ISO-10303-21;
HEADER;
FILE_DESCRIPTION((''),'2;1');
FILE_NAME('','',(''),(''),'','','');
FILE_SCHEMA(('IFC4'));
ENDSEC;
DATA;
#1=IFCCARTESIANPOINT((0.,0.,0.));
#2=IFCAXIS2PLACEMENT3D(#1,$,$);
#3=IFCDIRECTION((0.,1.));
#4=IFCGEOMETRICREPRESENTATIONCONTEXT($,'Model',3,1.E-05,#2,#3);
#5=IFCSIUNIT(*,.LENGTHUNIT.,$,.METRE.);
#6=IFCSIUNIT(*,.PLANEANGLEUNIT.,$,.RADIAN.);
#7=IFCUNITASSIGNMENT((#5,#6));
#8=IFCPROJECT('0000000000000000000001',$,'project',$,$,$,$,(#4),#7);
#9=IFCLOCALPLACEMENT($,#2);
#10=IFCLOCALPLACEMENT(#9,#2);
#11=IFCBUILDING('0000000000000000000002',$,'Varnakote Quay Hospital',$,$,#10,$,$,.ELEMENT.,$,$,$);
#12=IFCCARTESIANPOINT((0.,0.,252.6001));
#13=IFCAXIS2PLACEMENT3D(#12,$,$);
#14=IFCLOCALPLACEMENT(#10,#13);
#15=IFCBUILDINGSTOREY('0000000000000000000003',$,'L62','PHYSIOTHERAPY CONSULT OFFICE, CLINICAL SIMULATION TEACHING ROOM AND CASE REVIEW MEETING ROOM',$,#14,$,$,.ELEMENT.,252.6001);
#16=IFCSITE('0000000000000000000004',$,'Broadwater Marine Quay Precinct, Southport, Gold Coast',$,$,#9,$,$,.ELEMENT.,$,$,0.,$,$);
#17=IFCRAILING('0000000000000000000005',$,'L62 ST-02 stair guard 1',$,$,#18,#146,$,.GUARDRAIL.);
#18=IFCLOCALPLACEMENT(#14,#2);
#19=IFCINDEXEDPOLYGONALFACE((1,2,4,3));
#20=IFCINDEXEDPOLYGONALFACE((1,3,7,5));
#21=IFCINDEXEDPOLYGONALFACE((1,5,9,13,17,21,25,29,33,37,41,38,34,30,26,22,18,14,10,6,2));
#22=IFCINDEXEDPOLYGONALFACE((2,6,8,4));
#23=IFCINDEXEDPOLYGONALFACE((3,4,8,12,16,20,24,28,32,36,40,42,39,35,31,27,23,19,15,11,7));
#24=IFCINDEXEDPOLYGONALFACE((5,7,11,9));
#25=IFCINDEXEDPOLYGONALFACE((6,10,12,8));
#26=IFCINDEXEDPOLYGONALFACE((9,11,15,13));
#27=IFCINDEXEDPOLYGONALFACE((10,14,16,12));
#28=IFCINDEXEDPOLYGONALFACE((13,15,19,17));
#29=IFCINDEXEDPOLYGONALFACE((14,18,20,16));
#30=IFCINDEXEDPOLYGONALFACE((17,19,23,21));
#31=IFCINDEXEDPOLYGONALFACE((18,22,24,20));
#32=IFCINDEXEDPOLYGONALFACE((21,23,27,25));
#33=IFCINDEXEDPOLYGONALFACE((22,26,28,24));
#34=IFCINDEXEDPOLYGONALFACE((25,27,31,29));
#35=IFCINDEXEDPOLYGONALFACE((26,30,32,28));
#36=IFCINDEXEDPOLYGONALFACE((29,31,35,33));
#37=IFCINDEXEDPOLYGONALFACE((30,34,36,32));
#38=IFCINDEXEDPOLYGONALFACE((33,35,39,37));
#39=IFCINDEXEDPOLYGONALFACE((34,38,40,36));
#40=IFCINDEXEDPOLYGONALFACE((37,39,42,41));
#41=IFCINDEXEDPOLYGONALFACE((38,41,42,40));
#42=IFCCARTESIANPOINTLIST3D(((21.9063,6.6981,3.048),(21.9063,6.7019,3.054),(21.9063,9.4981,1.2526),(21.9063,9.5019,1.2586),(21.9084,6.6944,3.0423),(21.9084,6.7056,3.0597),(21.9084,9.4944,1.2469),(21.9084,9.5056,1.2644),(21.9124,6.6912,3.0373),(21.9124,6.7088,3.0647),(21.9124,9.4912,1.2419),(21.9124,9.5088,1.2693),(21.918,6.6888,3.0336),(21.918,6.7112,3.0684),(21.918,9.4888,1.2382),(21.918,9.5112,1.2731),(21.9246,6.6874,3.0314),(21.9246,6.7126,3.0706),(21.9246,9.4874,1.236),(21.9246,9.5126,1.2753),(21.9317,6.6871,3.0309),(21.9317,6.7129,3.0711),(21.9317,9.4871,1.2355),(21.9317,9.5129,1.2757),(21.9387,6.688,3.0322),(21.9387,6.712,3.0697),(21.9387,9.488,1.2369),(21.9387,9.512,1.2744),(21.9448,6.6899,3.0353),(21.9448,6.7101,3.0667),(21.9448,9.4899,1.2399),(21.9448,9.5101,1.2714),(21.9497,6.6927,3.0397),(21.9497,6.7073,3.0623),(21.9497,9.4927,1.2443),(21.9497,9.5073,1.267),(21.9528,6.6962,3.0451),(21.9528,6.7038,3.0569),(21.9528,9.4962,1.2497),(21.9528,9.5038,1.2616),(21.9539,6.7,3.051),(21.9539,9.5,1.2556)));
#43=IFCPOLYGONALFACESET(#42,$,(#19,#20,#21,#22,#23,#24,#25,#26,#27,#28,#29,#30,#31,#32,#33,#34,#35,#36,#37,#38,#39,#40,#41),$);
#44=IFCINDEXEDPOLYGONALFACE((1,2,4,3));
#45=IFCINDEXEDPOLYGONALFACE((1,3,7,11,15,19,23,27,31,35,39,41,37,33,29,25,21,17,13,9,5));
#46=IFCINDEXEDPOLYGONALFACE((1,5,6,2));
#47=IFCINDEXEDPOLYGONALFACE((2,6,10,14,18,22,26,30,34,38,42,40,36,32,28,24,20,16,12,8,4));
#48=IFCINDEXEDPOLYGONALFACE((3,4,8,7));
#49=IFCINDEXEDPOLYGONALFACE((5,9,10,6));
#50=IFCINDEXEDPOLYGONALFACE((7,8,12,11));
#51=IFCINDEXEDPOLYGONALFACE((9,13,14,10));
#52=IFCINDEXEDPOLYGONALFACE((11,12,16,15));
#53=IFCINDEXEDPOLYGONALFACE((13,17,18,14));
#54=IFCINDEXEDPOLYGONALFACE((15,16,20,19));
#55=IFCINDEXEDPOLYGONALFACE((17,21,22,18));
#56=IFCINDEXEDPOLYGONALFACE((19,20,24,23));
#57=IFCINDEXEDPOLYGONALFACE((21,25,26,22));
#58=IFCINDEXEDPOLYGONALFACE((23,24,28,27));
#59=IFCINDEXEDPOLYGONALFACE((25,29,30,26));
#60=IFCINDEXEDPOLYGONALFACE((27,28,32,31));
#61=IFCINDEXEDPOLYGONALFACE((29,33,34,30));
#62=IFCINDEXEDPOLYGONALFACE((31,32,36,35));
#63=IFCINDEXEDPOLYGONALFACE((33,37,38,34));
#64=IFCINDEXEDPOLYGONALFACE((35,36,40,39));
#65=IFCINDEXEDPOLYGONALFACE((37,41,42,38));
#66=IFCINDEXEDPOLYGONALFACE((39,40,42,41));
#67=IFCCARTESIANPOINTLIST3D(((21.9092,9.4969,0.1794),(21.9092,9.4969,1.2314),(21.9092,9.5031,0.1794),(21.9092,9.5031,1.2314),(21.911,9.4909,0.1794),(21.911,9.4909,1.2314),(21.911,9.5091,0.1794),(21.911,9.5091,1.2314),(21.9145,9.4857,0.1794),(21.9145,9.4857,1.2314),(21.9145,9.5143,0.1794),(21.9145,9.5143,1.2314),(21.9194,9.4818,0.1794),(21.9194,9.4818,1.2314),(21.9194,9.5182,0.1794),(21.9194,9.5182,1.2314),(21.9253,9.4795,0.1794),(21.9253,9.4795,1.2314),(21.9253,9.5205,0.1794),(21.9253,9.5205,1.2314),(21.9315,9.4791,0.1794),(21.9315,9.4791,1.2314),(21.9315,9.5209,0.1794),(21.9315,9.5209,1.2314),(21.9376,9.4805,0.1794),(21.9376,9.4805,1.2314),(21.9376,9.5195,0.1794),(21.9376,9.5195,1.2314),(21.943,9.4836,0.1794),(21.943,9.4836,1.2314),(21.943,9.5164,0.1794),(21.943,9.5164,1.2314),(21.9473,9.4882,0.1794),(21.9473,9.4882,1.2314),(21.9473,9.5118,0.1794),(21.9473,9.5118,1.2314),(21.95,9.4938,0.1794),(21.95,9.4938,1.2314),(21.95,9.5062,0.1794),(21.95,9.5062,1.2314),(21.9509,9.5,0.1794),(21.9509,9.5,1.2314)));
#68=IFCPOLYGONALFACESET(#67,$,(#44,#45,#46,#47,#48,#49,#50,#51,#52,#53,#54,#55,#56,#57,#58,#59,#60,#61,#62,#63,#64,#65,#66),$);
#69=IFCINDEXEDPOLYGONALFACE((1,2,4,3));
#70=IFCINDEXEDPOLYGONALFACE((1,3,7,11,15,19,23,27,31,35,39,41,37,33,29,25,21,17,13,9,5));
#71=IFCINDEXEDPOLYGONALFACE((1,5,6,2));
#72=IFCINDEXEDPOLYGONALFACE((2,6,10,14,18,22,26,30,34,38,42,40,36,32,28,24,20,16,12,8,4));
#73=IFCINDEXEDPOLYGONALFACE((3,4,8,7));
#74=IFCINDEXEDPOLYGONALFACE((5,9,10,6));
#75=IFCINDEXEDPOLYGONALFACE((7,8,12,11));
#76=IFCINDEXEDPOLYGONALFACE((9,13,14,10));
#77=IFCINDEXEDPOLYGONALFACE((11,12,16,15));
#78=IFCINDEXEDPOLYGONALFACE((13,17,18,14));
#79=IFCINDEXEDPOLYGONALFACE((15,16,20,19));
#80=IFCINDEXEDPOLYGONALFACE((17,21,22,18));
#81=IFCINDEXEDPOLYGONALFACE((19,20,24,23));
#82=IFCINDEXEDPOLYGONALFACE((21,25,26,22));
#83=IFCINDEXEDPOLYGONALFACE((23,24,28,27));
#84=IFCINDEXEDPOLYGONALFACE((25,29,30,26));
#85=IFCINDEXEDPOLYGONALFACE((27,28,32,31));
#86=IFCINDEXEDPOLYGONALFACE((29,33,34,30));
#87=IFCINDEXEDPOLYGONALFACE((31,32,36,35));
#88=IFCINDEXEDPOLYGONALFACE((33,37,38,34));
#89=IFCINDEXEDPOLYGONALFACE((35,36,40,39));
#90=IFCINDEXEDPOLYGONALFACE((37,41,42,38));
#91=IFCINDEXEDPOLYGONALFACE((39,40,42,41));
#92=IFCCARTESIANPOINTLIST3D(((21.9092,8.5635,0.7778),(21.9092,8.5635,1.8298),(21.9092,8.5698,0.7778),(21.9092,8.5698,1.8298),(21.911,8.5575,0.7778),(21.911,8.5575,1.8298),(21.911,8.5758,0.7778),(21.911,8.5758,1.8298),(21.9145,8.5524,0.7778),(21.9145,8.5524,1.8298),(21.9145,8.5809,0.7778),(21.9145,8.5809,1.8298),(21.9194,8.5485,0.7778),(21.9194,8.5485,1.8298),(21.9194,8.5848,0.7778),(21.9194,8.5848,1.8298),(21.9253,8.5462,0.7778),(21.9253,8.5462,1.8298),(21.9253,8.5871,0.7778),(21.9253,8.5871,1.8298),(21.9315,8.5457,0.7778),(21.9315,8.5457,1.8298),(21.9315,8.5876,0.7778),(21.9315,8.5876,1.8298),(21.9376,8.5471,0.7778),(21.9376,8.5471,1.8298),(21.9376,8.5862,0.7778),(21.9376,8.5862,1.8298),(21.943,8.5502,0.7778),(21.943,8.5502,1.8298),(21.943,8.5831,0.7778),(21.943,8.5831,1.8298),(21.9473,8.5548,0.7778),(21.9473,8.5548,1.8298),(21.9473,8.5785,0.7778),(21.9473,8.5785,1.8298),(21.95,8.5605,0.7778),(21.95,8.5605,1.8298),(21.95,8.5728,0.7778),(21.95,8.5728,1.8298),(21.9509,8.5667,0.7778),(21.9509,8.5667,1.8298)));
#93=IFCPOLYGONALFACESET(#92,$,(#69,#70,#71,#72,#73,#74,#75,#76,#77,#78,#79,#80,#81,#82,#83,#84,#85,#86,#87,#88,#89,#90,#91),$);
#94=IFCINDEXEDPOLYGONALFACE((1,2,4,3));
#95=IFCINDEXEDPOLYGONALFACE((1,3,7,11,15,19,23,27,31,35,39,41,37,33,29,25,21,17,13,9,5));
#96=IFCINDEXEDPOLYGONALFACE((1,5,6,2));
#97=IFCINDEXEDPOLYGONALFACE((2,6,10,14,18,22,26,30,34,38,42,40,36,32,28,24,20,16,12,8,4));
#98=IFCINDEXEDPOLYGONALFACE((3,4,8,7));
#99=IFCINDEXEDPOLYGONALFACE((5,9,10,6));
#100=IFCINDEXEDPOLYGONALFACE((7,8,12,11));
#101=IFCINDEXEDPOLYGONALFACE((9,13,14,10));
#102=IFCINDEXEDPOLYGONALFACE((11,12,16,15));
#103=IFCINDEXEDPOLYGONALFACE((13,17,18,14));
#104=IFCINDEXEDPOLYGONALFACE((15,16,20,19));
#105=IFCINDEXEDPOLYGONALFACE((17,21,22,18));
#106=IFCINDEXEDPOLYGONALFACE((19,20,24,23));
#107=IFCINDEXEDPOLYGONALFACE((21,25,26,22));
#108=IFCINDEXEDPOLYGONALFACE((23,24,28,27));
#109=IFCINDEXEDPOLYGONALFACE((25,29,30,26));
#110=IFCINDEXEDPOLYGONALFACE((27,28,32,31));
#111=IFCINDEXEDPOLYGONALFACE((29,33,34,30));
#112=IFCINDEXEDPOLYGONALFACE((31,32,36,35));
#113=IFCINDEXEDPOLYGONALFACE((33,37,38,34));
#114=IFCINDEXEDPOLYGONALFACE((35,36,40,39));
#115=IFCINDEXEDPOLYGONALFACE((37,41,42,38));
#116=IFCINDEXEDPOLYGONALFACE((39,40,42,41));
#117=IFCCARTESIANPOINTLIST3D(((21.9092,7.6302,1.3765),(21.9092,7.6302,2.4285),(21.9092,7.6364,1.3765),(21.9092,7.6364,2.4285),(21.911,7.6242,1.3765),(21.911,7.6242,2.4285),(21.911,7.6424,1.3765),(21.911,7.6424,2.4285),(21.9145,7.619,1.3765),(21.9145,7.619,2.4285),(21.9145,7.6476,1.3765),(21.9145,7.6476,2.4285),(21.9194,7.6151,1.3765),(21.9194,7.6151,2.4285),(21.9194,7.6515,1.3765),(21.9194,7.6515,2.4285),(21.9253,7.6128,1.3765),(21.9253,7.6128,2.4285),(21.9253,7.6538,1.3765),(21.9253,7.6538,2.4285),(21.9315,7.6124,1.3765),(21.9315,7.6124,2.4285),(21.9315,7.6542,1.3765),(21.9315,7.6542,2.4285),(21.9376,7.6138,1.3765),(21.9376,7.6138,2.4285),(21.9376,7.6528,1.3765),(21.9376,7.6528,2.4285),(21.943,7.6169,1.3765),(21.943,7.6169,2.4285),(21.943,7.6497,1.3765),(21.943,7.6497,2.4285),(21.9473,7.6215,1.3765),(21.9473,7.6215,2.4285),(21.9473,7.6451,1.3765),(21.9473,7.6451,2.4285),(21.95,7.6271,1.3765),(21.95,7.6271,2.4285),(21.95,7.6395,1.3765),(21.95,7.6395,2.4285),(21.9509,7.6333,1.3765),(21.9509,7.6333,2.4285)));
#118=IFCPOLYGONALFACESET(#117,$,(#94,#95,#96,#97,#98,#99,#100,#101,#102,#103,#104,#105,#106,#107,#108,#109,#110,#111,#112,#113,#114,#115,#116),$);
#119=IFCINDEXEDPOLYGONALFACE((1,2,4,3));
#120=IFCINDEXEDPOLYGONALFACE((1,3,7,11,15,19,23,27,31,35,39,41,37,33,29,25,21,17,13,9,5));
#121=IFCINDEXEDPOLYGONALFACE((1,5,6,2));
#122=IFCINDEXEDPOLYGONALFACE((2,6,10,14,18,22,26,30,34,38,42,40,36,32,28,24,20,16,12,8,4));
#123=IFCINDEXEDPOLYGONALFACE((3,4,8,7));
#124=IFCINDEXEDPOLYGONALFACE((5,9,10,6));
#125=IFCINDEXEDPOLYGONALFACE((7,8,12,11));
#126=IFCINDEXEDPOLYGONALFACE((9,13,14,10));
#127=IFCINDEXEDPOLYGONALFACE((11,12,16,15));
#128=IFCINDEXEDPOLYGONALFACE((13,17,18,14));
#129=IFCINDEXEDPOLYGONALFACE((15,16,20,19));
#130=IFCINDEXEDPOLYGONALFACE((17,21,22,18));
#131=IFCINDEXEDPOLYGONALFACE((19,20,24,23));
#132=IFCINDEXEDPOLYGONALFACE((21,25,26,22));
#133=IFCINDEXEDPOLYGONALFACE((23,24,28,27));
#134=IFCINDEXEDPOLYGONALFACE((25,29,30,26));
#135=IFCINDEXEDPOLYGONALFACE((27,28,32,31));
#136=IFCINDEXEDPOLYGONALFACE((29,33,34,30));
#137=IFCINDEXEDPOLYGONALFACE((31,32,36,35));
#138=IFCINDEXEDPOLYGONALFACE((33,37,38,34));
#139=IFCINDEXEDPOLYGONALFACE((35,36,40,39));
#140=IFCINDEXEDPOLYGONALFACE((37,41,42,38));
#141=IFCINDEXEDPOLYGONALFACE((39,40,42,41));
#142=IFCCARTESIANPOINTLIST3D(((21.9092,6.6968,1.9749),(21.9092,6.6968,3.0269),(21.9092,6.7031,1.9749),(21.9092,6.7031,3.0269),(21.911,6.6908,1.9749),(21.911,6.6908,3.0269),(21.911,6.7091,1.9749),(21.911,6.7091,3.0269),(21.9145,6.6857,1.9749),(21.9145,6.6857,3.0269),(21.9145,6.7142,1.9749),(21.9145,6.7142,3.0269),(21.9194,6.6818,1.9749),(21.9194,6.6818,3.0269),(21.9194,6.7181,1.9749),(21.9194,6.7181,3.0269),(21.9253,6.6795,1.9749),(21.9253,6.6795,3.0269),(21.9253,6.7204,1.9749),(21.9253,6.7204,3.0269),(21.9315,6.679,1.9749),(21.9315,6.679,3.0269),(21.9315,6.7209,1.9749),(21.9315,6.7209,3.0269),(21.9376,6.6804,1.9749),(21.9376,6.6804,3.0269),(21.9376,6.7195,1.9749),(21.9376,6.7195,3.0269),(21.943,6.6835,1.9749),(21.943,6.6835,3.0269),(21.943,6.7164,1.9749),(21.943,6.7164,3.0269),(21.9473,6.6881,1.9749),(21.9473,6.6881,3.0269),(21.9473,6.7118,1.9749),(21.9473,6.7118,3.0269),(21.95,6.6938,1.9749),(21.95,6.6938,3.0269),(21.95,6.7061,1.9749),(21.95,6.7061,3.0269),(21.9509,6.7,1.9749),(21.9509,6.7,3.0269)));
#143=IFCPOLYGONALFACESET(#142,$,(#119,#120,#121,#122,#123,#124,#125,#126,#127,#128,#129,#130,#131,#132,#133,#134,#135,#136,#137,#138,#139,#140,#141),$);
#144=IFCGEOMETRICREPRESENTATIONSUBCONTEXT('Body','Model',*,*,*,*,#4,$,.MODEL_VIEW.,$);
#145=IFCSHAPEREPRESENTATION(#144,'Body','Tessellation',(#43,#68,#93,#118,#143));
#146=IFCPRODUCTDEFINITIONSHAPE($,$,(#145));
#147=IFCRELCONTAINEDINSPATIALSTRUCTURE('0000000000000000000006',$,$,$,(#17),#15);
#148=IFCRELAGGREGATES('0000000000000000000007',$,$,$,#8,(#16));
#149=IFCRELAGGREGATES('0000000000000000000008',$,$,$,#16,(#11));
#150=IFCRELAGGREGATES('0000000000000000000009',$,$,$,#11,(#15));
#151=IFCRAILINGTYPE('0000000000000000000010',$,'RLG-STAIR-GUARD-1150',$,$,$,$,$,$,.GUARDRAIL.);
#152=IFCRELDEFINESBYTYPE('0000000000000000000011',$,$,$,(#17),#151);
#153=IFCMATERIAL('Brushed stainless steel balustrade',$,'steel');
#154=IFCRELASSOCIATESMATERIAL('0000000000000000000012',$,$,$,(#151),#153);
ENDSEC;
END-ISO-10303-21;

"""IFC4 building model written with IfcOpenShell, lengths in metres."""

from ifc_helpers import new_model, si_unit, direction, frame, origin, origin_2d, place, context, subcontext, project, spatial, circle, extrude, material, type_object, element, save


model = new_model("IFC4")

# Units and contexts
model_context = context("Model", 3, precision=1e-05, world=origin(), true_north=direction((0.0, 1.0)))
body_context = subcontext(model_context, "Body", "Model", "MODEL_VIEW")
ifc_project = project(units=[si_unit("LENGTHUNIT", "METRE"), si_unit("PLANEANGLEUNIT", "RADIAN")], contexts=[model_context])

# Site, building, storey
site_placement = place(None, origin())
site = spatial("IfcSite", under=ifc_project, at=site_placement, Name="Broadwater Marine Quay Precinct, Southport, Gold Coast", CompositionType="ELEMENT", RefElevation=0.0)
building_placement = place(site_placement, origin())
building = spatial("IfcBuilding", under=site, at=building_placement, Name="Varnakote Quay Hospital", CompositionType="ELEMENT")
storey_placement = place(building_placement, frame((0.0, 0.0, 252.6001)))
storey = spatial("IfcBuildingStorey", under=building, at=storey_placement, Name="L62", Description="PHYSIOTHERAPY CONSULT OFFICE, CLINICAL SIMULATION TEACHING ROOM AND CASE REVIEW MEETING ROOM", CompositionType="ELEMENT", Elevation=252.6001)

# Railing
ifc_material_1 = material(Name="Brushed stainless steel balustrade", Category="steel")
railing_type_1 = type_object("IfcRailingType", Name="RLG-STAIR-GUARD-1150", PredefinedType="GUARDRAIL", material=ifc_material_1)
railing_1_placement = place(storey_placement, frame((21.9299, 9.5, 0.1794)))
element("IfcRailing", 1, at=railing_1_placement, inside=storey, type_object=railing_type_1, Name="L62 ST-02 stair guard 1", PredefinedType="GUARDRAIL", context=body_context, shape_type="SweptSolid", body=[
    extrude(circle(Radius=0.0239, at=origin_2d()), frame((0.0, 0.0, 1.0762), z_axis=(0.0, -0.84181, 0.539774), x_axis=(1.0, 0.0, 0.0)), (0.0, 0.0, 1.0), 3.3262),
    extrude(circle(Radius=0.021, at=origin_2d()), origin(), (0.0, 0.0, 1.0), 1.052),
    extrude(circle(Radius=0.021, at=origin_2d()), frame((0.0, -0.9333, 0.5984)), (0.0, 0.0, 1.0), 1.052),
    extrude(circle(Radius=0.021, at=origin_2d()), frame((0.0, -1.8667, 1.197)), (0.0, 0.0, 1.0), 1.052),
    extrude(circle(Radius=0.021, at=origin_2d()), frame((0.0, -2.8, 1.7954)), (0.0, 0.0, 1.0), 1.052),
])

save(model, "model.ifc")
